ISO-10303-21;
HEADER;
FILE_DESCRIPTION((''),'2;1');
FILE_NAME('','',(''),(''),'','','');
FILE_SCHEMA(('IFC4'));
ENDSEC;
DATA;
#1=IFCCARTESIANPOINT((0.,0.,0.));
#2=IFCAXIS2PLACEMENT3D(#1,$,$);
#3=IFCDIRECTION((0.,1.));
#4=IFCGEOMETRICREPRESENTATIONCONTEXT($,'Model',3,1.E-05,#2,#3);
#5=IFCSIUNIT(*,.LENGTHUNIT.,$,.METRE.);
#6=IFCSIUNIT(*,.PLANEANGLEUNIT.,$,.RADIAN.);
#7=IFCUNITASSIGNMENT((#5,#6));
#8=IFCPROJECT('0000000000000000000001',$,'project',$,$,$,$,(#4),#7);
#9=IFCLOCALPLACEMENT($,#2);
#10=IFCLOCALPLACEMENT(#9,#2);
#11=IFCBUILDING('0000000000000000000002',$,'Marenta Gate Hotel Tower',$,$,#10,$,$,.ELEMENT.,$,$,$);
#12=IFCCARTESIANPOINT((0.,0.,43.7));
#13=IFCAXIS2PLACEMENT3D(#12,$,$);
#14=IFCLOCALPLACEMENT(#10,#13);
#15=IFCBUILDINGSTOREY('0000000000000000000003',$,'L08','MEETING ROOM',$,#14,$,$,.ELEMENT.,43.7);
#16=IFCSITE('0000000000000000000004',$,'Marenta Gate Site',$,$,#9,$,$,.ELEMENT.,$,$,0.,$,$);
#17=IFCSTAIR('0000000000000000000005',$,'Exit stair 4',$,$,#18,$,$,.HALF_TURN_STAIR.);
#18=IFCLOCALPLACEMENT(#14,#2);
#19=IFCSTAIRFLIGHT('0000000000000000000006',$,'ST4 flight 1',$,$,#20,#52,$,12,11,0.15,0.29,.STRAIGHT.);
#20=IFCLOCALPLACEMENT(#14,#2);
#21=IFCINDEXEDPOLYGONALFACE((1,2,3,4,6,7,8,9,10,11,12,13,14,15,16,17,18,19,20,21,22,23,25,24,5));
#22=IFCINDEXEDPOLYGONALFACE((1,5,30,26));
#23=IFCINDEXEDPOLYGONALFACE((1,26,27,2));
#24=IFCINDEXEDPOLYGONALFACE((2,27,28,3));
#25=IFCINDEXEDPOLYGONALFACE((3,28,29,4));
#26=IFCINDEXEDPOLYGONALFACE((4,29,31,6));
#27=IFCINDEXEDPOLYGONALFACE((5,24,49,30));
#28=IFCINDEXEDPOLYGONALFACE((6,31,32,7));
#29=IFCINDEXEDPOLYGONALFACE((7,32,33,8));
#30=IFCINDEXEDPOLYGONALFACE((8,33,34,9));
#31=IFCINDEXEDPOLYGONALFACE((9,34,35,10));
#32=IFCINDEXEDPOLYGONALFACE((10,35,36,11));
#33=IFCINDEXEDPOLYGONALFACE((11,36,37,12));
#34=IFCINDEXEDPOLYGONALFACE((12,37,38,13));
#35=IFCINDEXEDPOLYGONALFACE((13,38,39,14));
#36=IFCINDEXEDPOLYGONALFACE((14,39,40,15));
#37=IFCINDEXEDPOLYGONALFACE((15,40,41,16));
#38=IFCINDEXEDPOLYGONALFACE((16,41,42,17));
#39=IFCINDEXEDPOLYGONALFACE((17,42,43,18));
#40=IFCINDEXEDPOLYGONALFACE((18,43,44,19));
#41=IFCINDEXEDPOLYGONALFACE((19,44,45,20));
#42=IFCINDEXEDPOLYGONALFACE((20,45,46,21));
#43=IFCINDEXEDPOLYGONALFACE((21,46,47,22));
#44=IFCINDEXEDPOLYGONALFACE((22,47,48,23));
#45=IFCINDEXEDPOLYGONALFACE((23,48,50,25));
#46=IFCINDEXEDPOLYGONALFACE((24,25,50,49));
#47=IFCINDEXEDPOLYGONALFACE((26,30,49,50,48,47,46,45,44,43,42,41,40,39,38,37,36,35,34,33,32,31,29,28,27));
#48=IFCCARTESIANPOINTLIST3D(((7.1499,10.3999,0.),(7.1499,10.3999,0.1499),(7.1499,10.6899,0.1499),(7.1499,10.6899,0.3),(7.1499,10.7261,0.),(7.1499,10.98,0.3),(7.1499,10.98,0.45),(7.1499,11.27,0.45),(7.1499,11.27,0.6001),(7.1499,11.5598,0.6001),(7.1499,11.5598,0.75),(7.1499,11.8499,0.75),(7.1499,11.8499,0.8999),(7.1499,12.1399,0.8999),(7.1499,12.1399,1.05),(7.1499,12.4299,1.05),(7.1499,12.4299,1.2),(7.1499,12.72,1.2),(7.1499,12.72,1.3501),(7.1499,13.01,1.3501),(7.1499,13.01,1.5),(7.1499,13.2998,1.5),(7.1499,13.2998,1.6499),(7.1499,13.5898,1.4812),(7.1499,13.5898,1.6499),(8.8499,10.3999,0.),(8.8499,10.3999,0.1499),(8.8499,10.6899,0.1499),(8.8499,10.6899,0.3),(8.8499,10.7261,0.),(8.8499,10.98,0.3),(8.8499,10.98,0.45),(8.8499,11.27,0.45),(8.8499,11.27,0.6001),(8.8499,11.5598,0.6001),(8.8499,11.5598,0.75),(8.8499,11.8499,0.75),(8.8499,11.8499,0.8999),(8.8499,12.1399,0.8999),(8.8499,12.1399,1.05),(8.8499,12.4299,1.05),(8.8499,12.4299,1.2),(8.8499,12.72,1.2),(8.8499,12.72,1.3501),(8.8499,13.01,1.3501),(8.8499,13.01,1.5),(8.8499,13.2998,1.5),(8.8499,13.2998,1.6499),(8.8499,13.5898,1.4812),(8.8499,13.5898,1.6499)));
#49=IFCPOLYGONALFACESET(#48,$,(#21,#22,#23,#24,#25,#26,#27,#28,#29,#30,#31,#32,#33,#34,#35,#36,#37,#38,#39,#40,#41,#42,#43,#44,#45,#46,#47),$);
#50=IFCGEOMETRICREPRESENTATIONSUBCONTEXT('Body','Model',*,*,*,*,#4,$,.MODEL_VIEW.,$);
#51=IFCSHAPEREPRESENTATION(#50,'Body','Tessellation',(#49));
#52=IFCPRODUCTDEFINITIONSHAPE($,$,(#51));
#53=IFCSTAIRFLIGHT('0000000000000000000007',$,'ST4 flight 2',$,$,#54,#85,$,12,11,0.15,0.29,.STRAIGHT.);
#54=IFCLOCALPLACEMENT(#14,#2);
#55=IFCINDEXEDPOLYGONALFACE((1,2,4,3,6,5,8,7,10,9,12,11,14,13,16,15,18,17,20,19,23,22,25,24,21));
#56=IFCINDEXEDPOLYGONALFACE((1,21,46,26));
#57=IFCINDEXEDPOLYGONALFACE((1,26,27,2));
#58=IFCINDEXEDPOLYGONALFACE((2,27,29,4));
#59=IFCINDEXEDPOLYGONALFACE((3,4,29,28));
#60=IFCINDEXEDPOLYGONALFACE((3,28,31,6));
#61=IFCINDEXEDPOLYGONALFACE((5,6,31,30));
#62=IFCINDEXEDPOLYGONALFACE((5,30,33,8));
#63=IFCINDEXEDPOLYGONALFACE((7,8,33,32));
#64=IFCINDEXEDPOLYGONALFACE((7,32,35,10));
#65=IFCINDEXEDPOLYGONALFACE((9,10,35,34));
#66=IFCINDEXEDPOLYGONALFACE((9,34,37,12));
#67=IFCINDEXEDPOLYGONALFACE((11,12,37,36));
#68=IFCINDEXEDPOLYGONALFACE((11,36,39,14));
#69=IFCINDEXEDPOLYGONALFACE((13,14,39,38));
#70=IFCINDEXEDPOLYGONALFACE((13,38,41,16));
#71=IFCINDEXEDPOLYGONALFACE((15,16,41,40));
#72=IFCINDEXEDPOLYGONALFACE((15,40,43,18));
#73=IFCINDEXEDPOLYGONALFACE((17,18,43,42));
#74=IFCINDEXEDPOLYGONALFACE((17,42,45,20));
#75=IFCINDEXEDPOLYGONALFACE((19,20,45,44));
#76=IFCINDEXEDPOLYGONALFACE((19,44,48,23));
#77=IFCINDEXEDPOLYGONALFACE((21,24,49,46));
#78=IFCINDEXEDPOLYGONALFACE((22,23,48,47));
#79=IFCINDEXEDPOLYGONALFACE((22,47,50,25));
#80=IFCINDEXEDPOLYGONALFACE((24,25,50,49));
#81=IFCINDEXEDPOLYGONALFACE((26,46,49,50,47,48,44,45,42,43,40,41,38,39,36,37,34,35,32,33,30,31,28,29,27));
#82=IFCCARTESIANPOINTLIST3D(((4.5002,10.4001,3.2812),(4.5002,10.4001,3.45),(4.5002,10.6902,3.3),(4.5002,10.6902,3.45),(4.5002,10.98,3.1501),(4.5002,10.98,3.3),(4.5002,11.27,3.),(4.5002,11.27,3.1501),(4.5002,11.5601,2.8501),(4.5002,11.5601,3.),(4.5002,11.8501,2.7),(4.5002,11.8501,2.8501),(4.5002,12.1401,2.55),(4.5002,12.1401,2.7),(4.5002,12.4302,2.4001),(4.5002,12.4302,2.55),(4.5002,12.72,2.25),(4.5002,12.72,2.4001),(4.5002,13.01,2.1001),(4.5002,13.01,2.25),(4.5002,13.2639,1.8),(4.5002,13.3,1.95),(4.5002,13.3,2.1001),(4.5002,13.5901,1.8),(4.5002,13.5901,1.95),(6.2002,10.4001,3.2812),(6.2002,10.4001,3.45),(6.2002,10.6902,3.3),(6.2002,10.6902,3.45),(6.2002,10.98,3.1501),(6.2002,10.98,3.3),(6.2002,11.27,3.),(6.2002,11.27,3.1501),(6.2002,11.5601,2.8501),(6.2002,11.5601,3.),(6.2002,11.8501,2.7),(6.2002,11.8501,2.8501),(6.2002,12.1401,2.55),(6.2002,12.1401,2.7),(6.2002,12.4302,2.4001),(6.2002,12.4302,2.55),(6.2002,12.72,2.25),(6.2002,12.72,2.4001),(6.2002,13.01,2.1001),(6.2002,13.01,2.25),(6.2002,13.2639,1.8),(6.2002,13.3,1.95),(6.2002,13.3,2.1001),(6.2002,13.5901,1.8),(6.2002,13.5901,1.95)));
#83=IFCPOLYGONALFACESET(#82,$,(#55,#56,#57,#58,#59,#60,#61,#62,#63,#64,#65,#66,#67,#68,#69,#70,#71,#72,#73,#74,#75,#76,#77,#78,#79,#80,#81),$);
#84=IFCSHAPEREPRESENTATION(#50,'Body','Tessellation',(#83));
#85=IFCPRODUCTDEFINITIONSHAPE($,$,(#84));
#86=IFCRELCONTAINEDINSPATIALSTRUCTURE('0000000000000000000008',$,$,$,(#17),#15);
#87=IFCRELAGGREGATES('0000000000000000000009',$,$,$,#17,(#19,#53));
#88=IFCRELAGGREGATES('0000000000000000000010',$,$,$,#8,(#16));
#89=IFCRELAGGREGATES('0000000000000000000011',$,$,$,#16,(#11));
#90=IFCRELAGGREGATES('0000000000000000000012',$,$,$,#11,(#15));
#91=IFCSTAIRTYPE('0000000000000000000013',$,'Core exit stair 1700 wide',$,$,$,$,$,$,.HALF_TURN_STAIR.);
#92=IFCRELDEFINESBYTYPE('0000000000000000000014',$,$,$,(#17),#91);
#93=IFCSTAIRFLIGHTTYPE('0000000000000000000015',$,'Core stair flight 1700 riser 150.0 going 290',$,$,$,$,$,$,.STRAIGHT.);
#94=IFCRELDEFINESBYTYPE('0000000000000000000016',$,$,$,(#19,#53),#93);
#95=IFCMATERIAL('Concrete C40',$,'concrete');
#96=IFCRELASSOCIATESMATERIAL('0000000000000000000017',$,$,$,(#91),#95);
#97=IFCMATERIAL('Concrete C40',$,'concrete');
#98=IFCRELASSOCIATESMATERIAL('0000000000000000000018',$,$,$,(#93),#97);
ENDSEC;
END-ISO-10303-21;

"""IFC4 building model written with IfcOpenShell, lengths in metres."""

from ifc_helpers import new_model, si_unit, direction, frame, origin, place, context, subcontext, project, spatial, polyline, outline, extrude, material, type_object, element, aggregate, save


model = new_model("IFC4")

# Units and contexts
model_context = context("Model", 3, precision=1e-05, world=origin(), true_north=direction((0.0, 1.0)))
body_context = subcontext(model_context, "Body", "Model", "MODEL_VIEW")
ifc_project = project(units=[si_unit("LENGTHUNIT", "METRE"), si_unit("PLANEANGLEUNIT", "RADIAN")], contexts=[model_context])

# Site, building, storey
site_placement = place(None, origin())
site = spatial("IfcSite", under=ifc_project, at=site_placement, Name="Marenta Gate Site", CompositionType="ELEMENT", RefElevation=0.0)
building_placement = place(site_placement, origin())
building = spatial("IfcBuilding", under=site, at=building_placement, Name="Marenta Gate Hotel Tower", CompositionType="ELEMENT")
storey_placement = place(building_placement, frame((0.0, 0.0, 43.7)))
storey = spatial("IfcBuildingStorey", under=building, at=storey_placement, Name="L08", Description="MEETING ROOM", CompositionType="ELEMENT", Elevation=43.7)

# Stair, stair flights
ifc_material_1 = material(Name="Concrete C40", Category="concrete")
stair_type = type_object("IfcStairType", Name="Core exit stair 1700 wide", PredefinedType="HALF_TURN_STAIR", material=ifc_material_1)
ifc_material_2 = material(Name="Concrete C40", Category="concrete")
stair_flight_type = type_object("IfcStairFlightType", Name="Core stair flight 1700 riser 150.0 going 290", PredefinedType="STRAIGHT", material=ifc_material_2)
stair_1_placement = place(storey_placement, origin())
stair_1 = element("IfcStair", 1, at=stair_1_placement, inside=storey, type_object=stair_type, Name="Exit stair 4", PredefinedType="HALF_TURN_STAIR")
stair_flight_1_placement = place(storey_placement, frame((8.0, 10.3999, 0.0), z_axis=(0.0, 0.0, 1.0), x_axis=(0.0, 1.0, 0.0)))
stair_flight_1 = element("IfcStairFlight", 2, at=stair_flight_1_placement, type_object=stair_flight_type, Name="ST4 flight 1", NumberOfRisers=12, NumberOfTreads=11, PredefinedType="STRAIGHT", RiserHeight=0.15, TreadLength=0.29, context=body_context, shape_type="SweptSolid", body=[
    extrude(outline(polyline([(0.0, 0.0), (0.0, 0.1499), (0.29, 0.1499), (0.29, 0.3), (0.5801, 0.3), (0.5801, 0.45), (0.8701, 0.45), (0.8701, 0.6001), (1.1599, 0.6001), (1.1599, 0.75), (1.45, 0.75), (1.45, 0.8999), (1.74, 0.8999), (1.74, 1.05), (2.03, 1.05), (2.03, 1.2), (2.3201, 1.2), (2.3201, 1.3501), (2.6101, 1.3501), (2.6101, 1.5), (2.8999, 1.5), (2.8999, 1.6499), (3.1899, 1.6499), (3.1899, 1.8), (3.1899, 1.4812), (0.3262, 0.0), (0.0, 0.0)])), frame((0.0, 0.8501, 0.0), z_axis=(0.0, -1.0, 0.0), x_axis=(1.0, 0.0, 0.0)), (0.0, 0.0, 1.0), 1.7),
])
stair_flight_2_placement = place(storey_placement, frame((5.3501, 13.5901, 1.8), z_axis=(0.0, 0.0, 1.0), x_axis=(0.0, -1.0, 0.0)))
stair_flight_2 = element("IfcStairFlight", 3, at=stair_flight_2_placement, type_object=stair_flight_type, Name="ST4 flight 2", NumberOfRisers=12, NumberOfTreads=11, PredefinedType="STRAIGHT", RiserHeight=0.15, TreadLength=0.29, context=body_context, shape_type="SweptSolid", body=[
    extrude(outline(polyline([(0.0, 0.0), (0.0, 0.1499), (0.29, 0.1499), (0.29, 0.3), (0.5801, 0.3), (0.5801, 0.45), (0.8701, 0.45), (0.8701, 0.6001), (1.1599, 0.6001), (1.1599, 0.75), (1.45, 0.75), (1.45, 0.8999), (1.74, 0.8999), (1.74, 1.05), (2.03, 1.05), (2.03, 1.2), (2.3201, 1.2), (2.3201, 1.3501), (2.6101, 1.3501), (2.6101, 1.5), (2.8999, 1.5), (2.8999, 1.6499), (3.1899, 1.6499), (3.1899, 1.8), (3.1899, 1.4812), (0.3262, 0.0), (0.0, 0.0)])), frame((0.0, 0.8501, 0.0), z_axis=(0.0, -1.0, 0.0), x_axis=(1.0, 0.0, 0.0)), (0.0, 0.0, 1.0), 1.7),
])
aggregate(stair_1, [stair_flight_1, stair_flight_2])

save(model, "model.ifc")
